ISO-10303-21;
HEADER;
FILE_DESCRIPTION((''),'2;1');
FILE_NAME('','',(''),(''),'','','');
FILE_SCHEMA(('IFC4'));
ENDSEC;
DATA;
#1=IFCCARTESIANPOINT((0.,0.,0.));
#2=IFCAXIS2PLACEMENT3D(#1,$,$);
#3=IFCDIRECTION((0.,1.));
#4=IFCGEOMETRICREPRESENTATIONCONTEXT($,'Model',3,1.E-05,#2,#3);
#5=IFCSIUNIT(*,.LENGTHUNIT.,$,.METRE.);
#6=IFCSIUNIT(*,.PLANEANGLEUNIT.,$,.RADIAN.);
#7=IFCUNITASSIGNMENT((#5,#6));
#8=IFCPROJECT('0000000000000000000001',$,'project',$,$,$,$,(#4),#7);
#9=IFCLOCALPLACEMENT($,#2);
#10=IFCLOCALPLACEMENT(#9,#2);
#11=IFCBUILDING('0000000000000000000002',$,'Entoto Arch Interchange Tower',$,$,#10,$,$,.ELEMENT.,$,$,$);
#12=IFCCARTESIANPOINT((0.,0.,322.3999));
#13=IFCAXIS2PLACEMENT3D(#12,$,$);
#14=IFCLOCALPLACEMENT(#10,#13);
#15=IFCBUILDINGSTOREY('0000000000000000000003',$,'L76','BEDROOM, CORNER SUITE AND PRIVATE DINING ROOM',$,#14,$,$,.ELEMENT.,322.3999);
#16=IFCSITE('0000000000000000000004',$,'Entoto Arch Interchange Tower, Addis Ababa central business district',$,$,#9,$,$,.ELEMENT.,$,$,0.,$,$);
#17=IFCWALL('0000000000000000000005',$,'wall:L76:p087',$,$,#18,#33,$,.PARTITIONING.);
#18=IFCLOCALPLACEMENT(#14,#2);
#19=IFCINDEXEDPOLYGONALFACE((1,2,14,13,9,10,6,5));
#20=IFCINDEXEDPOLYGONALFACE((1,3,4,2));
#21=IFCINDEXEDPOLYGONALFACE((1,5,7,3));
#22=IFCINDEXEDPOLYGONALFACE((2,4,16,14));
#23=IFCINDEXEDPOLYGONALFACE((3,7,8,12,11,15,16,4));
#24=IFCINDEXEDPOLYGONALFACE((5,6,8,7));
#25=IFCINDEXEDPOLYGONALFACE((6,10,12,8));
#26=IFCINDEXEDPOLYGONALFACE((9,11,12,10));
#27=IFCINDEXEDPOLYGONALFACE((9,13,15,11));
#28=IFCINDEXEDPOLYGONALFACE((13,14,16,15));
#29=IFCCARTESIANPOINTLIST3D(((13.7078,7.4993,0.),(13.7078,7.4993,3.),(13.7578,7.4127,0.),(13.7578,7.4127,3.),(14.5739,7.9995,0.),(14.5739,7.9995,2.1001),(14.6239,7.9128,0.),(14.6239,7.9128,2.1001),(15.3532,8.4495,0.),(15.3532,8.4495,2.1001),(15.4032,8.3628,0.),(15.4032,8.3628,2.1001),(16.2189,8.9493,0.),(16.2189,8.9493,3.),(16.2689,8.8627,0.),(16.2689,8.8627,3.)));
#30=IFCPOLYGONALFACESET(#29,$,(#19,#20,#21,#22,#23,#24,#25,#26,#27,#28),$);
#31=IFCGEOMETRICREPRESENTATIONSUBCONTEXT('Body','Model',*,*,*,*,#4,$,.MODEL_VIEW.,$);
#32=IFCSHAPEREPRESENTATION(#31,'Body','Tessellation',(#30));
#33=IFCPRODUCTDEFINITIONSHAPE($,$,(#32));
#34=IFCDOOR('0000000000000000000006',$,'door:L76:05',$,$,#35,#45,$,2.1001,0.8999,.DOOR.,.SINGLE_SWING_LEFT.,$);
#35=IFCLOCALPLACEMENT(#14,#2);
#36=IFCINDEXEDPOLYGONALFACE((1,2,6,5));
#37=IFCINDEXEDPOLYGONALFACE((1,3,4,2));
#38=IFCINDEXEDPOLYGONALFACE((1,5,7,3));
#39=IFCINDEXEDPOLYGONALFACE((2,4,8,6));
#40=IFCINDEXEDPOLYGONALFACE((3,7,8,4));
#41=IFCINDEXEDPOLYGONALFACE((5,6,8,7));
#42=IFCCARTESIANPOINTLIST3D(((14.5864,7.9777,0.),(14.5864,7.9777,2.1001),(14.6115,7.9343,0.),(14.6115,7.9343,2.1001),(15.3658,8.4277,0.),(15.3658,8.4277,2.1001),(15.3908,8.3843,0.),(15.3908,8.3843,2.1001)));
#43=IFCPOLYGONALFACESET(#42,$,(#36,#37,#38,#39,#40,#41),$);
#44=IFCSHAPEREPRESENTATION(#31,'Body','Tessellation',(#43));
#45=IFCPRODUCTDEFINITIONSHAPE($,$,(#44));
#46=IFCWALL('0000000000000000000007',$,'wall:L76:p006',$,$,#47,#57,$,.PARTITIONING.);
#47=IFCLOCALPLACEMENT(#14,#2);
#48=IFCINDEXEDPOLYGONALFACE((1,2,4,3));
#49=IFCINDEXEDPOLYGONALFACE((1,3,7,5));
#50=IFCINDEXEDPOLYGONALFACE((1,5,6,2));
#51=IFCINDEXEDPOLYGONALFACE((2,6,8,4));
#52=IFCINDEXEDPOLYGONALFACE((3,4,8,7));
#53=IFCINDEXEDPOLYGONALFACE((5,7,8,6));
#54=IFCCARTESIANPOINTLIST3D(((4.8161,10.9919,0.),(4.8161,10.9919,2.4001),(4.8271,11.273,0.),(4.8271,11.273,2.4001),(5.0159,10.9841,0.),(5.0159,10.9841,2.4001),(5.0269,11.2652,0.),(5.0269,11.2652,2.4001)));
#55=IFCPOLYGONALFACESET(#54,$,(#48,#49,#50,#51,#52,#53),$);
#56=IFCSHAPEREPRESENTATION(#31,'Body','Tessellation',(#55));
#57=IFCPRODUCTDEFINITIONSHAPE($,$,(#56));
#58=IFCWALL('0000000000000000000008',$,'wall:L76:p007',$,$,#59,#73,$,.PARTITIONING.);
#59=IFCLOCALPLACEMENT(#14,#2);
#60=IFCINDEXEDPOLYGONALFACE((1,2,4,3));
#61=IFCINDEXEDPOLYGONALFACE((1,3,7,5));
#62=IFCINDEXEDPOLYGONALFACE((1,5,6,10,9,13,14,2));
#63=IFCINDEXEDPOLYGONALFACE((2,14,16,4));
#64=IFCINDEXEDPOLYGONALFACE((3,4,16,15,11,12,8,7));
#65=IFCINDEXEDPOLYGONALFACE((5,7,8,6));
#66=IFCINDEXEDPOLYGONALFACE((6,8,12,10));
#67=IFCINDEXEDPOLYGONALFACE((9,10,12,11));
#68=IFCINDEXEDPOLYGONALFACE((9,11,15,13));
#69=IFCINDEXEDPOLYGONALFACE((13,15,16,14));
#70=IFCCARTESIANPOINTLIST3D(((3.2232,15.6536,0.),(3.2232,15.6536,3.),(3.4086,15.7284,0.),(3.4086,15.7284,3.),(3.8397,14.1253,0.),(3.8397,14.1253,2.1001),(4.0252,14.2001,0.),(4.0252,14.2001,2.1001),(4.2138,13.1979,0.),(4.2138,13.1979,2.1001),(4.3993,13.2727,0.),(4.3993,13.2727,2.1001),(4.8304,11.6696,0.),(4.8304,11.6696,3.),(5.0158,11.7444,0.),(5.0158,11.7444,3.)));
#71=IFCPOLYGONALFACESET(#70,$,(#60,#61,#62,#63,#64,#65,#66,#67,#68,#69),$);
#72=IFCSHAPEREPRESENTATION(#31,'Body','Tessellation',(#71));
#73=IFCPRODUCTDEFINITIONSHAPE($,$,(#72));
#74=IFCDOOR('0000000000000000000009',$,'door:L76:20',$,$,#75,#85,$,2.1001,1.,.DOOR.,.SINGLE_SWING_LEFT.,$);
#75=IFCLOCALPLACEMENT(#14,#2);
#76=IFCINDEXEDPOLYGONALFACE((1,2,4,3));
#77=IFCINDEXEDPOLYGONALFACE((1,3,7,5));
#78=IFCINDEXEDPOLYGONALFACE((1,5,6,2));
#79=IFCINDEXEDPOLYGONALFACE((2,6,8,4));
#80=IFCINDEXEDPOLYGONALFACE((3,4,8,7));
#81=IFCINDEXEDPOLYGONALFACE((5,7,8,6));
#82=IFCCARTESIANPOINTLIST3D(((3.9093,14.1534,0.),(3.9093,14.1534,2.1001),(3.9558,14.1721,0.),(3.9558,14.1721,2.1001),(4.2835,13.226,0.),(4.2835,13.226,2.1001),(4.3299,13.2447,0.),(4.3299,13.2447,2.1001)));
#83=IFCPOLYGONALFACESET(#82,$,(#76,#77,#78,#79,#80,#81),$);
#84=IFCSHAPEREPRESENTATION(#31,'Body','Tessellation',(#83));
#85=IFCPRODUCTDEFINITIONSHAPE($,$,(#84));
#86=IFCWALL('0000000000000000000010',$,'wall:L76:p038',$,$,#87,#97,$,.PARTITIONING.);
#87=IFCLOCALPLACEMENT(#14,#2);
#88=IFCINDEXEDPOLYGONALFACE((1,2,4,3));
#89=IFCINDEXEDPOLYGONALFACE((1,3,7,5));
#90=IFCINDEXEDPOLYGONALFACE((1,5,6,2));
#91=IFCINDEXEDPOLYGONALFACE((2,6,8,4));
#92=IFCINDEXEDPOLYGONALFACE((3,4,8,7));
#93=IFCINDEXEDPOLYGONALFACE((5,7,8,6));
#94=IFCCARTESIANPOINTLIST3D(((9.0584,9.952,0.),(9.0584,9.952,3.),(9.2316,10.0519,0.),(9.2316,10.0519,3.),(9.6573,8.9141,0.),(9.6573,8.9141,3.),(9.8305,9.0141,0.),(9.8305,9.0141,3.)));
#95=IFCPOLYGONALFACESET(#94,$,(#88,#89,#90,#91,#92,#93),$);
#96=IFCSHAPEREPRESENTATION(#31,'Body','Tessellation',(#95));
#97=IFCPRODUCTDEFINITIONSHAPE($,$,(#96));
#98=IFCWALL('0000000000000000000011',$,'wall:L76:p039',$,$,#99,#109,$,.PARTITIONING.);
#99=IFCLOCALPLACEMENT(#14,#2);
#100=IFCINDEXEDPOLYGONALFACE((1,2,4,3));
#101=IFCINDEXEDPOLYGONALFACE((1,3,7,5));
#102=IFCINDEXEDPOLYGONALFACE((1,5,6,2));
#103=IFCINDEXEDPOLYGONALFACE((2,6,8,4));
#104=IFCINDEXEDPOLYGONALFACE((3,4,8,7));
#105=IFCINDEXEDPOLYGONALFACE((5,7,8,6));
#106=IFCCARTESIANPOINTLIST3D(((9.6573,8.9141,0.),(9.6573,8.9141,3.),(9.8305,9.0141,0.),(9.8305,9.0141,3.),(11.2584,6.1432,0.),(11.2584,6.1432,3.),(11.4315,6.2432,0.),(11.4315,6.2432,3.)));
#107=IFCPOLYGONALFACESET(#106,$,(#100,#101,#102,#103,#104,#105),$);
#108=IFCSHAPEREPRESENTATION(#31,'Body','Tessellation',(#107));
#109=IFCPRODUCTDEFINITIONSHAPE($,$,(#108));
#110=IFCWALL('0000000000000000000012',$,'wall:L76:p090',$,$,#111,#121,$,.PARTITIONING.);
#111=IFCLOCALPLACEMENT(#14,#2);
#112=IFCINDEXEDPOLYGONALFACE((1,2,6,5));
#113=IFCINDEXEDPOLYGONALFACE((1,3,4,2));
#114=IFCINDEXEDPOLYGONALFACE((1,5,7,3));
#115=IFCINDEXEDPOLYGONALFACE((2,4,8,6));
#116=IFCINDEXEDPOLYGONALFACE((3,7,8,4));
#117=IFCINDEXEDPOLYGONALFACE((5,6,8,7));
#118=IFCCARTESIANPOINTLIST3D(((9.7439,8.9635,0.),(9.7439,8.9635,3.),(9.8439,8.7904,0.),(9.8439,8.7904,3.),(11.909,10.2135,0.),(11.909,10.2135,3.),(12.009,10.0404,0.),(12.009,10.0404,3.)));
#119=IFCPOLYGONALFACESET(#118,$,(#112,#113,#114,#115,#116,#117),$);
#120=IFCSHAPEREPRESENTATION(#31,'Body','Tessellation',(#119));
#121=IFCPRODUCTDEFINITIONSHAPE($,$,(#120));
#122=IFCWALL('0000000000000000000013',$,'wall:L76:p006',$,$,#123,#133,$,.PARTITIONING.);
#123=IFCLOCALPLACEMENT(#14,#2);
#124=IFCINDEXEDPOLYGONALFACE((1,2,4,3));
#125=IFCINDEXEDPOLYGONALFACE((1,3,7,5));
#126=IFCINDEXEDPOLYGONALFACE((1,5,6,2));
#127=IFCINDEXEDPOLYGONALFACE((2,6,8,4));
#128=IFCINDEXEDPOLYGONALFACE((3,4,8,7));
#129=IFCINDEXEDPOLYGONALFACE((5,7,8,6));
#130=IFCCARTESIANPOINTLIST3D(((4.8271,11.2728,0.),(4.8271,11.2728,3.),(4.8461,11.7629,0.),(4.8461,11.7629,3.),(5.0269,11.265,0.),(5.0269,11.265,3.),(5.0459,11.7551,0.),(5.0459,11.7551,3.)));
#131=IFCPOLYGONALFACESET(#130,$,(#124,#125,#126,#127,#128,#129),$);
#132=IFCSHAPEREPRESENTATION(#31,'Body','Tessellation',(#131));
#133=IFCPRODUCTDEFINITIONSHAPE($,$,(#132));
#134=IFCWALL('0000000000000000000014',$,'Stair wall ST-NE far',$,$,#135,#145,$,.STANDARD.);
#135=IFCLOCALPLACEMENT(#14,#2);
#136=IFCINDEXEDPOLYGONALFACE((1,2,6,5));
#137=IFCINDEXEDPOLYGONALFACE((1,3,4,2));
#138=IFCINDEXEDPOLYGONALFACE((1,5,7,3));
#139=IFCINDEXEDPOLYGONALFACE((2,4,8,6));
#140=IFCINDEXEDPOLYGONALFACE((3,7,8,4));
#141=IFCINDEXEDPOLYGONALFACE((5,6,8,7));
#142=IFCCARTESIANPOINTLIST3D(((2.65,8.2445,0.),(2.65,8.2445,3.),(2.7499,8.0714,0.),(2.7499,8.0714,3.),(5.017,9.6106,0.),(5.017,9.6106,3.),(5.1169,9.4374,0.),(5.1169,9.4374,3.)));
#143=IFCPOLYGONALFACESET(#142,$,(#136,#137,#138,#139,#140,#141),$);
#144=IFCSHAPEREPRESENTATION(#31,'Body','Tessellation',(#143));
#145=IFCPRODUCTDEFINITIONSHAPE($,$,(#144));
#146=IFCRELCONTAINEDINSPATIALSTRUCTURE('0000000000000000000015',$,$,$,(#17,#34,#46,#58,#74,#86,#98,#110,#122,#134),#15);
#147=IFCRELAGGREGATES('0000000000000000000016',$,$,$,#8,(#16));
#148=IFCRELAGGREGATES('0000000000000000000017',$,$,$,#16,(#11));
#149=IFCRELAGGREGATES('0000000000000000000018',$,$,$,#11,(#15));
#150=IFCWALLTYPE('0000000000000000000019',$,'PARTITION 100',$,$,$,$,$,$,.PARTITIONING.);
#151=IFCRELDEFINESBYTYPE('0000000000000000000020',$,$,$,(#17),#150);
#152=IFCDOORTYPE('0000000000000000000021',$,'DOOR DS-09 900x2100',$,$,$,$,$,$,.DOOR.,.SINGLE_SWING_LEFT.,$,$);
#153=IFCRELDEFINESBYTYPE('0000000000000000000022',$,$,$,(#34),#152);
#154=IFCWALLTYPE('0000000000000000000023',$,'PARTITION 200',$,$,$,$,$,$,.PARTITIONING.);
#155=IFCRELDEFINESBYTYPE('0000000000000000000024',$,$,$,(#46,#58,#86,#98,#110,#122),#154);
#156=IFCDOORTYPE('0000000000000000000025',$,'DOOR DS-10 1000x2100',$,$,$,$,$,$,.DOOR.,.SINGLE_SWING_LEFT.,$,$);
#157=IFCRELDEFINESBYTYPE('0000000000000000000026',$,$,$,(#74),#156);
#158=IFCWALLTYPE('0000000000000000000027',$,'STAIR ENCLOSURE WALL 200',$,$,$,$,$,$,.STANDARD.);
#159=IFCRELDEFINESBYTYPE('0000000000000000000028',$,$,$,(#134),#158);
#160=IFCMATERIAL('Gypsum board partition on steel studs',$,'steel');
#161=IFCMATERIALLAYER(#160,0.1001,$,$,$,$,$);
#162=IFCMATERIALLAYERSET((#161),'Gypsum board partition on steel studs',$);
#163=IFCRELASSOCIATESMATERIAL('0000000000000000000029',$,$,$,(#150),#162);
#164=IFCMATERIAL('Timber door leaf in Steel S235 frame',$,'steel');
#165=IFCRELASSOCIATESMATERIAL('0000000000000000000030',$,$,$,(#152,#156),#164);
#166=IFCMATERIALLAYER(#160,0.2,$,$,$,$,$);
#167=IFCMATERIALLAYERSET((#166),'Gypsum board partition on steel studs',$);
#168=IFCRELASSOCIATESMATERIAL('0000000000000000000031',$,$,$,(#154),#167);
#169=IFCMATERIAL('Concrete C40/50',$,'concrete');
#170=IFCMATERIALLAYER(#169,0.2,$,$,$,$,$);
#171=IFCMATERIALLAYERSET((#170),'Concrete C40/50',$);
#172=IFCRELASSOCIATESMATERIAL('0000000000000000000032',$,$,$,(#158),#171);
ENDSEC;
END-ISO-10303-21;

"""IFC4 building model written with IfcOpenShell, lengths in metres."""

from ifc_helpers import new_model, si_unit, direction, frame, frame_2d, origin, place, context, subcontext, project, spatial, rectangle, extrude, material, layer, layer_set, type_object, element, fill, save


model = new_model("IFC4")

# Units and contexts
model_context = context("Model", 3, precision=1e-05, world=origin(), true_north=direction((0.0, 1.0)))
body_context = subcontext(model_context, "Body", "Model", "MODEL_VIEW")
ifc_project = project(units=[si_unit("LENGTHUNIT", "METRE"), si_unit("PLANEANGLEUNIT", "RADIAN")], contexts=[model_context])

# Site, building, storey
site_placement = place(None, origin())
site = spatial("IfcSite", under=ifc_project, at=site_placement, Name="Entoto Arch Interchange Tower, Addis Ababa central business district", CompositionType="ELEMENT", RefElevation=0.0)
building_placement = place(site_placement, origin())
building = spatial("IfcBuilding", under=site, at=building_placement, Name="Entoto Arch Interchange Tower", CompositionType="ELEMENT")
storey_placement = place(building_placement, frame((0.0, 0.0, 322.3999)))
storey = spatial("IfcBuildingStorey", under=building, at=storey_placement, Name="L76", Description="BEDROOM, CORNER SUITE AND PRIVATE DINING ROOM", CompositionType="ELEMENT", Elevation=322.3999)

# Shared definitions
ifc_material_1 = material(Name="Concrete C40/50", Category="concrete")

# Wall, opening, door
ifc_material_2 = material(Name="Gypsum board partition on steel studs", Category="steel")
ifc_layer_1 = layer(ifc_material_2, 0.1001)
ifc_layer_set_1 = layer_set([ifc_layer_1], Name="Gypsum board partition on steel studs")
wall_type_1 = type_object("IfcWallType", Name="PARTITION 100", PredefinedType="PARTITIONING", material=ifc_layer_set_1)
wall_1_placement = place(storey_placement, frame((13.7329, 7.4561, 0.0), z_axis=(0.0, 0.0, 1.0), x_axis=(0.865991, 0.50006, 0.0)))
wall_1 = element("IfcWall", 1, at=wall_1_placement, inside=storey, type_object=wall_type_1, Name="wall:L76:p087", PredefinedType="PARTITIONING", context=body_context, shape_type="SweptSolid", body=[
    extrude(rectangle(XDim=2.8997, YDim=0.1001, at=frame_2d((1.4497, 0.0))), origin(), (0.0, 0.0, 1.0), 3.0),
])
opening_1_placement = place(wall_1_placement, frame((1.0, 0.0, 0.0)))
opening_1 = element("IfcOpeningElement", 2, at=opening_1_placement, cuts=wall_1, PredefinedType="OPENING", context=body_context, shape_type="SweptSolid", body=[
    extrude(rectangle(XDim=0.8999, YDim=2.1001, at=frame_2d((0.45, 1.05))), frame((0.0, 0.0601, 0.0), z_axis=(0.0, -1.0, 0.0), x_axis=(1.0, 0.0, 0.0)), (0.0, 0.0, 1.0), 0.1201),
])
ifc_material_3 = material(Name="Timber door leaf in Steel S235 frame", Category="steel")
door_type_1 = type_object("IfcDoorType", Name="DOOR DS-09 900x2100", OperationType="SINGLE_SWING_LEFT", PredefinedType="DOOR", material=ifc_material_3)
door_1_placement = place(opening_1_placement, origin())
door_1 = element("IfcDoor", 3, at=door_1_placement, inside=storey, type_object=door_type_1, Name="door:L76:05", OperationType="SINGLE_SWING_LEFT", OverallHeight=2.1001, OverallWidth=0.8999, PredefinedType="DOOR", context=body_context, shape_type="SweptSolid", body=[
    extrude(rectangle(XDim=0.8999, YDim=2.1001, at=frame_2d((0.45, 1.05))), frame((0.0, 0.0249, 0.0), z_axis=(0.0, -1.0, 0.0), x_axis=(1.0, 0.0, 0.0)), (0.0, 0.0, 1.0), 0.05),
])
fill(opening_1, door_1)

# Wall
ifc_layer_2 = layer(ifc_material_2, 0.2)
ifc_layer_set_2 = layer_set([ifc_layer_2], Name="Gypsum board partition on steel studs")
wall_type_2 = type_object("IfcWallType", Name="PARTITION 200", PredefinedType="PARTITIONING", material=ifc_layer_set_2)
wall_2_placement = place(storey_placement, frame((4.916, 10.988, 0.0), z_axis=(0.0, 0.0, 1.0), x_axis=(0.039067, 0.999237, 0.0)))
element("IfcWall", 4, at=wall_2_placement, inside=storey, type_object=wall_type_2, Name="wall:L76:p006", PredefinedType="PARTITIONING", context=body_context, shape_type="SweptSolid", body=[
    extrude(rectangle(XDim=0.2812, YDim=0.2, at=frame_2d((0.1406, 0.0))), origin(), (0.0, 0.0, 1.0), 2.4001),
])

# Wall, opening, door
wall_3_placement = place(storey_placement, frame((4.9231, 11.707, 0.0), z_axis=(0.0, 0.0, 1.0), x_axis=(-0.374123, 0.927379, 0.0)))
wall_3 = element("IfcWall", 5, at=wall_3_placement, inside=storey, type_object=wall_type_2, Name="wall:L76:p007", PredefinedType="PARTITIONING", context=body_context, shape_type="SweptSolid", body=[
    extrude(rectangle(XDim=4.2959, YDim=0.2, at=frame_2d((2.1479, 0.0))), origin(), (0.0, 0.0, 1.0), 3.0),
])
opening_2_placement = place(wall_3_placement, frame((1.6479, 0.0, 0.0)))
opening_2 = element("IfcOpeningElement", 6, at=opening_2_placement, cuts=wall_3, PredefinedType="OPENING", context=body_context, shape_type="SweptSolid", body=[
    extrude(rectangle(XDim=1.0, YDim=2.1001, at=frame_2d((0.5, 1.05))), frame((0.0, 0.1099, 0.0), z_axis=(0.0, -1.0, 0.0), x_axis=(1.0, 0.0, 0.0)), (0.0, 0.0, 1.0), 0.22),
])
door_type_2 = type_object("IfcDoorType", Name="DOOR DS-10 1000x2100", OperationType="SINGLE_SWING_LEFT", PredefinedType="DOOR", material=ifc_material_3)
door_2_placement = place(opening_2_placement, origin())
door_2 = element("IfcDoor", 7, at=door_2_placement, inside=storey, type_object=door_type_2, Name="door:L76:20", OperationType="SINGLE_SWING_LEFT", OverallHeight=2.1001, OverallWidth=1.0, PredefinedType="DOOR", context=body_context, shape_type="SweptSolid", body=[
    extrude(rectangle(XDim=1.0, YDim=2.1001, at=frame_2d((0.5, 1.05))), frame((0.0, 0.0249, 0.0), z_axis=(0.0, -1.0, 0.0), x_axis=(1.0, 0.0, 0.0)), (0.0, 0.0, 1.0), 0.05),
])
fill(opening_2, door_2)

# Walls
wall_4_placement = place(storey_placement, frame((9.145, 10.002, 0.0), z_axis=(0.0, 0.0, 1.0), x_axis=(0.499799, -0.866141, 0.0)))
element("IfcWall", 8, at=wall_4_placement, inside=storey, type_object=wall_type_2, Name="wall:L76:p038", PredefinedType="PARTITIONING", context=body_context, shape_type="SweptSolid", body=[
    extrude(rectangle(XDim=1.1982, YDim=0.2, at=frame_2d((0.5991, 0.0))), origin(), (0.0, 0.0, 1.0), 3.0),
])
wall_5_placement = place(storey_placement, frame((9.7439, 8.9641, 0.0), z_axis=(0.0, 0.0, 1.0), x_axis=(0.50029, -0.865858, 0.0)))
element("IfcWall", 9, at=wall_5_placement, inside=storey, type_object=wall_type_2, Name="wall:L76:p039", PredefinedType="PARTITIONING", context=body_context, shape_type="SweptSolid", body=[
    extrude(rectangle(XDim=3.2002, YDim=0.2, at=frame_2d((1.6001, 0.0))), origin(), (0.0, 0.0, 1.0), 3.0),
])
wall_6_placement = place(storey_placement, frame((11.959, 10.127, 0.0), z_axis=(0.0, 0.0, 1.0), x_axis=(-0.866023, -0.500004, 0.0)))
element("IfcWall", 10, at=wall_6_placement, inside=storey, type_object=wall_type_2, Name="wall:L76:p090", PredefinedType="PARTITIONING", context=body_context, shape_type="SweptSolid", body=[
    extrude(rectangle(XDim=2.5, YDim=0.2, at=frame_2d((1.25, 0.0))), origin(), (0.0, 0.0, 1.0), 3.0),
])
wall_7_placement = place(storey_placement, frame((4.927, 11.269, 0.0), z_axis=(0.0, 0.0, 1.0), x_axis=(0.038835, 0.999246, 0.0)))
element("IfcWall", 11, at=wall_7_placement, inside=storey, type_object=wall_type_2, Name="wall:L76:p006", PredefinedType="PARTITIONING", context=body_context, shape_type="SweptSolid", body=[
    extrude(rectangle(XDim=0.4905, YDim=0.2, at=frame_2d((0.2451, 0.0))), origin(), (0.0, 0.0, 1.0), 3.0),
])
ifc_layer_3 = layer(ifc_material_1, 0.2)
ifc_layer_set_3 = layer_set([ifc_layer_3], Name="Concrete C40/50")
wall_type_3 = type_object("IfcWallType", Name="STAIR ENCLOSURE WALL 200", PredefinedType="STANDARD", material=ifc_layer_set_3)
wall_8_placement = place(storey_placement, frame((2.7, 8.158, 0.0), z_axis=(0.0, 0.0, 1.0), x_axis=(0.866119, 0.499838, 0.0)))
element("IfcWall", 12, at=wall_8_placement, inside=storey, type_object=wall_type_3, Name="Stair wall ST-NE far", PredefinedType="STANDARD", context=body_context, shape_type="SweptSolid", body=[
    extrude(rectangle(XDim=2.7329, YDim=0.2, at=frame_2d((1.3665, 0.0))), origin(), (0.0, 0.0, 1.0), 3.0),
])

save(model, "model.ifc")
